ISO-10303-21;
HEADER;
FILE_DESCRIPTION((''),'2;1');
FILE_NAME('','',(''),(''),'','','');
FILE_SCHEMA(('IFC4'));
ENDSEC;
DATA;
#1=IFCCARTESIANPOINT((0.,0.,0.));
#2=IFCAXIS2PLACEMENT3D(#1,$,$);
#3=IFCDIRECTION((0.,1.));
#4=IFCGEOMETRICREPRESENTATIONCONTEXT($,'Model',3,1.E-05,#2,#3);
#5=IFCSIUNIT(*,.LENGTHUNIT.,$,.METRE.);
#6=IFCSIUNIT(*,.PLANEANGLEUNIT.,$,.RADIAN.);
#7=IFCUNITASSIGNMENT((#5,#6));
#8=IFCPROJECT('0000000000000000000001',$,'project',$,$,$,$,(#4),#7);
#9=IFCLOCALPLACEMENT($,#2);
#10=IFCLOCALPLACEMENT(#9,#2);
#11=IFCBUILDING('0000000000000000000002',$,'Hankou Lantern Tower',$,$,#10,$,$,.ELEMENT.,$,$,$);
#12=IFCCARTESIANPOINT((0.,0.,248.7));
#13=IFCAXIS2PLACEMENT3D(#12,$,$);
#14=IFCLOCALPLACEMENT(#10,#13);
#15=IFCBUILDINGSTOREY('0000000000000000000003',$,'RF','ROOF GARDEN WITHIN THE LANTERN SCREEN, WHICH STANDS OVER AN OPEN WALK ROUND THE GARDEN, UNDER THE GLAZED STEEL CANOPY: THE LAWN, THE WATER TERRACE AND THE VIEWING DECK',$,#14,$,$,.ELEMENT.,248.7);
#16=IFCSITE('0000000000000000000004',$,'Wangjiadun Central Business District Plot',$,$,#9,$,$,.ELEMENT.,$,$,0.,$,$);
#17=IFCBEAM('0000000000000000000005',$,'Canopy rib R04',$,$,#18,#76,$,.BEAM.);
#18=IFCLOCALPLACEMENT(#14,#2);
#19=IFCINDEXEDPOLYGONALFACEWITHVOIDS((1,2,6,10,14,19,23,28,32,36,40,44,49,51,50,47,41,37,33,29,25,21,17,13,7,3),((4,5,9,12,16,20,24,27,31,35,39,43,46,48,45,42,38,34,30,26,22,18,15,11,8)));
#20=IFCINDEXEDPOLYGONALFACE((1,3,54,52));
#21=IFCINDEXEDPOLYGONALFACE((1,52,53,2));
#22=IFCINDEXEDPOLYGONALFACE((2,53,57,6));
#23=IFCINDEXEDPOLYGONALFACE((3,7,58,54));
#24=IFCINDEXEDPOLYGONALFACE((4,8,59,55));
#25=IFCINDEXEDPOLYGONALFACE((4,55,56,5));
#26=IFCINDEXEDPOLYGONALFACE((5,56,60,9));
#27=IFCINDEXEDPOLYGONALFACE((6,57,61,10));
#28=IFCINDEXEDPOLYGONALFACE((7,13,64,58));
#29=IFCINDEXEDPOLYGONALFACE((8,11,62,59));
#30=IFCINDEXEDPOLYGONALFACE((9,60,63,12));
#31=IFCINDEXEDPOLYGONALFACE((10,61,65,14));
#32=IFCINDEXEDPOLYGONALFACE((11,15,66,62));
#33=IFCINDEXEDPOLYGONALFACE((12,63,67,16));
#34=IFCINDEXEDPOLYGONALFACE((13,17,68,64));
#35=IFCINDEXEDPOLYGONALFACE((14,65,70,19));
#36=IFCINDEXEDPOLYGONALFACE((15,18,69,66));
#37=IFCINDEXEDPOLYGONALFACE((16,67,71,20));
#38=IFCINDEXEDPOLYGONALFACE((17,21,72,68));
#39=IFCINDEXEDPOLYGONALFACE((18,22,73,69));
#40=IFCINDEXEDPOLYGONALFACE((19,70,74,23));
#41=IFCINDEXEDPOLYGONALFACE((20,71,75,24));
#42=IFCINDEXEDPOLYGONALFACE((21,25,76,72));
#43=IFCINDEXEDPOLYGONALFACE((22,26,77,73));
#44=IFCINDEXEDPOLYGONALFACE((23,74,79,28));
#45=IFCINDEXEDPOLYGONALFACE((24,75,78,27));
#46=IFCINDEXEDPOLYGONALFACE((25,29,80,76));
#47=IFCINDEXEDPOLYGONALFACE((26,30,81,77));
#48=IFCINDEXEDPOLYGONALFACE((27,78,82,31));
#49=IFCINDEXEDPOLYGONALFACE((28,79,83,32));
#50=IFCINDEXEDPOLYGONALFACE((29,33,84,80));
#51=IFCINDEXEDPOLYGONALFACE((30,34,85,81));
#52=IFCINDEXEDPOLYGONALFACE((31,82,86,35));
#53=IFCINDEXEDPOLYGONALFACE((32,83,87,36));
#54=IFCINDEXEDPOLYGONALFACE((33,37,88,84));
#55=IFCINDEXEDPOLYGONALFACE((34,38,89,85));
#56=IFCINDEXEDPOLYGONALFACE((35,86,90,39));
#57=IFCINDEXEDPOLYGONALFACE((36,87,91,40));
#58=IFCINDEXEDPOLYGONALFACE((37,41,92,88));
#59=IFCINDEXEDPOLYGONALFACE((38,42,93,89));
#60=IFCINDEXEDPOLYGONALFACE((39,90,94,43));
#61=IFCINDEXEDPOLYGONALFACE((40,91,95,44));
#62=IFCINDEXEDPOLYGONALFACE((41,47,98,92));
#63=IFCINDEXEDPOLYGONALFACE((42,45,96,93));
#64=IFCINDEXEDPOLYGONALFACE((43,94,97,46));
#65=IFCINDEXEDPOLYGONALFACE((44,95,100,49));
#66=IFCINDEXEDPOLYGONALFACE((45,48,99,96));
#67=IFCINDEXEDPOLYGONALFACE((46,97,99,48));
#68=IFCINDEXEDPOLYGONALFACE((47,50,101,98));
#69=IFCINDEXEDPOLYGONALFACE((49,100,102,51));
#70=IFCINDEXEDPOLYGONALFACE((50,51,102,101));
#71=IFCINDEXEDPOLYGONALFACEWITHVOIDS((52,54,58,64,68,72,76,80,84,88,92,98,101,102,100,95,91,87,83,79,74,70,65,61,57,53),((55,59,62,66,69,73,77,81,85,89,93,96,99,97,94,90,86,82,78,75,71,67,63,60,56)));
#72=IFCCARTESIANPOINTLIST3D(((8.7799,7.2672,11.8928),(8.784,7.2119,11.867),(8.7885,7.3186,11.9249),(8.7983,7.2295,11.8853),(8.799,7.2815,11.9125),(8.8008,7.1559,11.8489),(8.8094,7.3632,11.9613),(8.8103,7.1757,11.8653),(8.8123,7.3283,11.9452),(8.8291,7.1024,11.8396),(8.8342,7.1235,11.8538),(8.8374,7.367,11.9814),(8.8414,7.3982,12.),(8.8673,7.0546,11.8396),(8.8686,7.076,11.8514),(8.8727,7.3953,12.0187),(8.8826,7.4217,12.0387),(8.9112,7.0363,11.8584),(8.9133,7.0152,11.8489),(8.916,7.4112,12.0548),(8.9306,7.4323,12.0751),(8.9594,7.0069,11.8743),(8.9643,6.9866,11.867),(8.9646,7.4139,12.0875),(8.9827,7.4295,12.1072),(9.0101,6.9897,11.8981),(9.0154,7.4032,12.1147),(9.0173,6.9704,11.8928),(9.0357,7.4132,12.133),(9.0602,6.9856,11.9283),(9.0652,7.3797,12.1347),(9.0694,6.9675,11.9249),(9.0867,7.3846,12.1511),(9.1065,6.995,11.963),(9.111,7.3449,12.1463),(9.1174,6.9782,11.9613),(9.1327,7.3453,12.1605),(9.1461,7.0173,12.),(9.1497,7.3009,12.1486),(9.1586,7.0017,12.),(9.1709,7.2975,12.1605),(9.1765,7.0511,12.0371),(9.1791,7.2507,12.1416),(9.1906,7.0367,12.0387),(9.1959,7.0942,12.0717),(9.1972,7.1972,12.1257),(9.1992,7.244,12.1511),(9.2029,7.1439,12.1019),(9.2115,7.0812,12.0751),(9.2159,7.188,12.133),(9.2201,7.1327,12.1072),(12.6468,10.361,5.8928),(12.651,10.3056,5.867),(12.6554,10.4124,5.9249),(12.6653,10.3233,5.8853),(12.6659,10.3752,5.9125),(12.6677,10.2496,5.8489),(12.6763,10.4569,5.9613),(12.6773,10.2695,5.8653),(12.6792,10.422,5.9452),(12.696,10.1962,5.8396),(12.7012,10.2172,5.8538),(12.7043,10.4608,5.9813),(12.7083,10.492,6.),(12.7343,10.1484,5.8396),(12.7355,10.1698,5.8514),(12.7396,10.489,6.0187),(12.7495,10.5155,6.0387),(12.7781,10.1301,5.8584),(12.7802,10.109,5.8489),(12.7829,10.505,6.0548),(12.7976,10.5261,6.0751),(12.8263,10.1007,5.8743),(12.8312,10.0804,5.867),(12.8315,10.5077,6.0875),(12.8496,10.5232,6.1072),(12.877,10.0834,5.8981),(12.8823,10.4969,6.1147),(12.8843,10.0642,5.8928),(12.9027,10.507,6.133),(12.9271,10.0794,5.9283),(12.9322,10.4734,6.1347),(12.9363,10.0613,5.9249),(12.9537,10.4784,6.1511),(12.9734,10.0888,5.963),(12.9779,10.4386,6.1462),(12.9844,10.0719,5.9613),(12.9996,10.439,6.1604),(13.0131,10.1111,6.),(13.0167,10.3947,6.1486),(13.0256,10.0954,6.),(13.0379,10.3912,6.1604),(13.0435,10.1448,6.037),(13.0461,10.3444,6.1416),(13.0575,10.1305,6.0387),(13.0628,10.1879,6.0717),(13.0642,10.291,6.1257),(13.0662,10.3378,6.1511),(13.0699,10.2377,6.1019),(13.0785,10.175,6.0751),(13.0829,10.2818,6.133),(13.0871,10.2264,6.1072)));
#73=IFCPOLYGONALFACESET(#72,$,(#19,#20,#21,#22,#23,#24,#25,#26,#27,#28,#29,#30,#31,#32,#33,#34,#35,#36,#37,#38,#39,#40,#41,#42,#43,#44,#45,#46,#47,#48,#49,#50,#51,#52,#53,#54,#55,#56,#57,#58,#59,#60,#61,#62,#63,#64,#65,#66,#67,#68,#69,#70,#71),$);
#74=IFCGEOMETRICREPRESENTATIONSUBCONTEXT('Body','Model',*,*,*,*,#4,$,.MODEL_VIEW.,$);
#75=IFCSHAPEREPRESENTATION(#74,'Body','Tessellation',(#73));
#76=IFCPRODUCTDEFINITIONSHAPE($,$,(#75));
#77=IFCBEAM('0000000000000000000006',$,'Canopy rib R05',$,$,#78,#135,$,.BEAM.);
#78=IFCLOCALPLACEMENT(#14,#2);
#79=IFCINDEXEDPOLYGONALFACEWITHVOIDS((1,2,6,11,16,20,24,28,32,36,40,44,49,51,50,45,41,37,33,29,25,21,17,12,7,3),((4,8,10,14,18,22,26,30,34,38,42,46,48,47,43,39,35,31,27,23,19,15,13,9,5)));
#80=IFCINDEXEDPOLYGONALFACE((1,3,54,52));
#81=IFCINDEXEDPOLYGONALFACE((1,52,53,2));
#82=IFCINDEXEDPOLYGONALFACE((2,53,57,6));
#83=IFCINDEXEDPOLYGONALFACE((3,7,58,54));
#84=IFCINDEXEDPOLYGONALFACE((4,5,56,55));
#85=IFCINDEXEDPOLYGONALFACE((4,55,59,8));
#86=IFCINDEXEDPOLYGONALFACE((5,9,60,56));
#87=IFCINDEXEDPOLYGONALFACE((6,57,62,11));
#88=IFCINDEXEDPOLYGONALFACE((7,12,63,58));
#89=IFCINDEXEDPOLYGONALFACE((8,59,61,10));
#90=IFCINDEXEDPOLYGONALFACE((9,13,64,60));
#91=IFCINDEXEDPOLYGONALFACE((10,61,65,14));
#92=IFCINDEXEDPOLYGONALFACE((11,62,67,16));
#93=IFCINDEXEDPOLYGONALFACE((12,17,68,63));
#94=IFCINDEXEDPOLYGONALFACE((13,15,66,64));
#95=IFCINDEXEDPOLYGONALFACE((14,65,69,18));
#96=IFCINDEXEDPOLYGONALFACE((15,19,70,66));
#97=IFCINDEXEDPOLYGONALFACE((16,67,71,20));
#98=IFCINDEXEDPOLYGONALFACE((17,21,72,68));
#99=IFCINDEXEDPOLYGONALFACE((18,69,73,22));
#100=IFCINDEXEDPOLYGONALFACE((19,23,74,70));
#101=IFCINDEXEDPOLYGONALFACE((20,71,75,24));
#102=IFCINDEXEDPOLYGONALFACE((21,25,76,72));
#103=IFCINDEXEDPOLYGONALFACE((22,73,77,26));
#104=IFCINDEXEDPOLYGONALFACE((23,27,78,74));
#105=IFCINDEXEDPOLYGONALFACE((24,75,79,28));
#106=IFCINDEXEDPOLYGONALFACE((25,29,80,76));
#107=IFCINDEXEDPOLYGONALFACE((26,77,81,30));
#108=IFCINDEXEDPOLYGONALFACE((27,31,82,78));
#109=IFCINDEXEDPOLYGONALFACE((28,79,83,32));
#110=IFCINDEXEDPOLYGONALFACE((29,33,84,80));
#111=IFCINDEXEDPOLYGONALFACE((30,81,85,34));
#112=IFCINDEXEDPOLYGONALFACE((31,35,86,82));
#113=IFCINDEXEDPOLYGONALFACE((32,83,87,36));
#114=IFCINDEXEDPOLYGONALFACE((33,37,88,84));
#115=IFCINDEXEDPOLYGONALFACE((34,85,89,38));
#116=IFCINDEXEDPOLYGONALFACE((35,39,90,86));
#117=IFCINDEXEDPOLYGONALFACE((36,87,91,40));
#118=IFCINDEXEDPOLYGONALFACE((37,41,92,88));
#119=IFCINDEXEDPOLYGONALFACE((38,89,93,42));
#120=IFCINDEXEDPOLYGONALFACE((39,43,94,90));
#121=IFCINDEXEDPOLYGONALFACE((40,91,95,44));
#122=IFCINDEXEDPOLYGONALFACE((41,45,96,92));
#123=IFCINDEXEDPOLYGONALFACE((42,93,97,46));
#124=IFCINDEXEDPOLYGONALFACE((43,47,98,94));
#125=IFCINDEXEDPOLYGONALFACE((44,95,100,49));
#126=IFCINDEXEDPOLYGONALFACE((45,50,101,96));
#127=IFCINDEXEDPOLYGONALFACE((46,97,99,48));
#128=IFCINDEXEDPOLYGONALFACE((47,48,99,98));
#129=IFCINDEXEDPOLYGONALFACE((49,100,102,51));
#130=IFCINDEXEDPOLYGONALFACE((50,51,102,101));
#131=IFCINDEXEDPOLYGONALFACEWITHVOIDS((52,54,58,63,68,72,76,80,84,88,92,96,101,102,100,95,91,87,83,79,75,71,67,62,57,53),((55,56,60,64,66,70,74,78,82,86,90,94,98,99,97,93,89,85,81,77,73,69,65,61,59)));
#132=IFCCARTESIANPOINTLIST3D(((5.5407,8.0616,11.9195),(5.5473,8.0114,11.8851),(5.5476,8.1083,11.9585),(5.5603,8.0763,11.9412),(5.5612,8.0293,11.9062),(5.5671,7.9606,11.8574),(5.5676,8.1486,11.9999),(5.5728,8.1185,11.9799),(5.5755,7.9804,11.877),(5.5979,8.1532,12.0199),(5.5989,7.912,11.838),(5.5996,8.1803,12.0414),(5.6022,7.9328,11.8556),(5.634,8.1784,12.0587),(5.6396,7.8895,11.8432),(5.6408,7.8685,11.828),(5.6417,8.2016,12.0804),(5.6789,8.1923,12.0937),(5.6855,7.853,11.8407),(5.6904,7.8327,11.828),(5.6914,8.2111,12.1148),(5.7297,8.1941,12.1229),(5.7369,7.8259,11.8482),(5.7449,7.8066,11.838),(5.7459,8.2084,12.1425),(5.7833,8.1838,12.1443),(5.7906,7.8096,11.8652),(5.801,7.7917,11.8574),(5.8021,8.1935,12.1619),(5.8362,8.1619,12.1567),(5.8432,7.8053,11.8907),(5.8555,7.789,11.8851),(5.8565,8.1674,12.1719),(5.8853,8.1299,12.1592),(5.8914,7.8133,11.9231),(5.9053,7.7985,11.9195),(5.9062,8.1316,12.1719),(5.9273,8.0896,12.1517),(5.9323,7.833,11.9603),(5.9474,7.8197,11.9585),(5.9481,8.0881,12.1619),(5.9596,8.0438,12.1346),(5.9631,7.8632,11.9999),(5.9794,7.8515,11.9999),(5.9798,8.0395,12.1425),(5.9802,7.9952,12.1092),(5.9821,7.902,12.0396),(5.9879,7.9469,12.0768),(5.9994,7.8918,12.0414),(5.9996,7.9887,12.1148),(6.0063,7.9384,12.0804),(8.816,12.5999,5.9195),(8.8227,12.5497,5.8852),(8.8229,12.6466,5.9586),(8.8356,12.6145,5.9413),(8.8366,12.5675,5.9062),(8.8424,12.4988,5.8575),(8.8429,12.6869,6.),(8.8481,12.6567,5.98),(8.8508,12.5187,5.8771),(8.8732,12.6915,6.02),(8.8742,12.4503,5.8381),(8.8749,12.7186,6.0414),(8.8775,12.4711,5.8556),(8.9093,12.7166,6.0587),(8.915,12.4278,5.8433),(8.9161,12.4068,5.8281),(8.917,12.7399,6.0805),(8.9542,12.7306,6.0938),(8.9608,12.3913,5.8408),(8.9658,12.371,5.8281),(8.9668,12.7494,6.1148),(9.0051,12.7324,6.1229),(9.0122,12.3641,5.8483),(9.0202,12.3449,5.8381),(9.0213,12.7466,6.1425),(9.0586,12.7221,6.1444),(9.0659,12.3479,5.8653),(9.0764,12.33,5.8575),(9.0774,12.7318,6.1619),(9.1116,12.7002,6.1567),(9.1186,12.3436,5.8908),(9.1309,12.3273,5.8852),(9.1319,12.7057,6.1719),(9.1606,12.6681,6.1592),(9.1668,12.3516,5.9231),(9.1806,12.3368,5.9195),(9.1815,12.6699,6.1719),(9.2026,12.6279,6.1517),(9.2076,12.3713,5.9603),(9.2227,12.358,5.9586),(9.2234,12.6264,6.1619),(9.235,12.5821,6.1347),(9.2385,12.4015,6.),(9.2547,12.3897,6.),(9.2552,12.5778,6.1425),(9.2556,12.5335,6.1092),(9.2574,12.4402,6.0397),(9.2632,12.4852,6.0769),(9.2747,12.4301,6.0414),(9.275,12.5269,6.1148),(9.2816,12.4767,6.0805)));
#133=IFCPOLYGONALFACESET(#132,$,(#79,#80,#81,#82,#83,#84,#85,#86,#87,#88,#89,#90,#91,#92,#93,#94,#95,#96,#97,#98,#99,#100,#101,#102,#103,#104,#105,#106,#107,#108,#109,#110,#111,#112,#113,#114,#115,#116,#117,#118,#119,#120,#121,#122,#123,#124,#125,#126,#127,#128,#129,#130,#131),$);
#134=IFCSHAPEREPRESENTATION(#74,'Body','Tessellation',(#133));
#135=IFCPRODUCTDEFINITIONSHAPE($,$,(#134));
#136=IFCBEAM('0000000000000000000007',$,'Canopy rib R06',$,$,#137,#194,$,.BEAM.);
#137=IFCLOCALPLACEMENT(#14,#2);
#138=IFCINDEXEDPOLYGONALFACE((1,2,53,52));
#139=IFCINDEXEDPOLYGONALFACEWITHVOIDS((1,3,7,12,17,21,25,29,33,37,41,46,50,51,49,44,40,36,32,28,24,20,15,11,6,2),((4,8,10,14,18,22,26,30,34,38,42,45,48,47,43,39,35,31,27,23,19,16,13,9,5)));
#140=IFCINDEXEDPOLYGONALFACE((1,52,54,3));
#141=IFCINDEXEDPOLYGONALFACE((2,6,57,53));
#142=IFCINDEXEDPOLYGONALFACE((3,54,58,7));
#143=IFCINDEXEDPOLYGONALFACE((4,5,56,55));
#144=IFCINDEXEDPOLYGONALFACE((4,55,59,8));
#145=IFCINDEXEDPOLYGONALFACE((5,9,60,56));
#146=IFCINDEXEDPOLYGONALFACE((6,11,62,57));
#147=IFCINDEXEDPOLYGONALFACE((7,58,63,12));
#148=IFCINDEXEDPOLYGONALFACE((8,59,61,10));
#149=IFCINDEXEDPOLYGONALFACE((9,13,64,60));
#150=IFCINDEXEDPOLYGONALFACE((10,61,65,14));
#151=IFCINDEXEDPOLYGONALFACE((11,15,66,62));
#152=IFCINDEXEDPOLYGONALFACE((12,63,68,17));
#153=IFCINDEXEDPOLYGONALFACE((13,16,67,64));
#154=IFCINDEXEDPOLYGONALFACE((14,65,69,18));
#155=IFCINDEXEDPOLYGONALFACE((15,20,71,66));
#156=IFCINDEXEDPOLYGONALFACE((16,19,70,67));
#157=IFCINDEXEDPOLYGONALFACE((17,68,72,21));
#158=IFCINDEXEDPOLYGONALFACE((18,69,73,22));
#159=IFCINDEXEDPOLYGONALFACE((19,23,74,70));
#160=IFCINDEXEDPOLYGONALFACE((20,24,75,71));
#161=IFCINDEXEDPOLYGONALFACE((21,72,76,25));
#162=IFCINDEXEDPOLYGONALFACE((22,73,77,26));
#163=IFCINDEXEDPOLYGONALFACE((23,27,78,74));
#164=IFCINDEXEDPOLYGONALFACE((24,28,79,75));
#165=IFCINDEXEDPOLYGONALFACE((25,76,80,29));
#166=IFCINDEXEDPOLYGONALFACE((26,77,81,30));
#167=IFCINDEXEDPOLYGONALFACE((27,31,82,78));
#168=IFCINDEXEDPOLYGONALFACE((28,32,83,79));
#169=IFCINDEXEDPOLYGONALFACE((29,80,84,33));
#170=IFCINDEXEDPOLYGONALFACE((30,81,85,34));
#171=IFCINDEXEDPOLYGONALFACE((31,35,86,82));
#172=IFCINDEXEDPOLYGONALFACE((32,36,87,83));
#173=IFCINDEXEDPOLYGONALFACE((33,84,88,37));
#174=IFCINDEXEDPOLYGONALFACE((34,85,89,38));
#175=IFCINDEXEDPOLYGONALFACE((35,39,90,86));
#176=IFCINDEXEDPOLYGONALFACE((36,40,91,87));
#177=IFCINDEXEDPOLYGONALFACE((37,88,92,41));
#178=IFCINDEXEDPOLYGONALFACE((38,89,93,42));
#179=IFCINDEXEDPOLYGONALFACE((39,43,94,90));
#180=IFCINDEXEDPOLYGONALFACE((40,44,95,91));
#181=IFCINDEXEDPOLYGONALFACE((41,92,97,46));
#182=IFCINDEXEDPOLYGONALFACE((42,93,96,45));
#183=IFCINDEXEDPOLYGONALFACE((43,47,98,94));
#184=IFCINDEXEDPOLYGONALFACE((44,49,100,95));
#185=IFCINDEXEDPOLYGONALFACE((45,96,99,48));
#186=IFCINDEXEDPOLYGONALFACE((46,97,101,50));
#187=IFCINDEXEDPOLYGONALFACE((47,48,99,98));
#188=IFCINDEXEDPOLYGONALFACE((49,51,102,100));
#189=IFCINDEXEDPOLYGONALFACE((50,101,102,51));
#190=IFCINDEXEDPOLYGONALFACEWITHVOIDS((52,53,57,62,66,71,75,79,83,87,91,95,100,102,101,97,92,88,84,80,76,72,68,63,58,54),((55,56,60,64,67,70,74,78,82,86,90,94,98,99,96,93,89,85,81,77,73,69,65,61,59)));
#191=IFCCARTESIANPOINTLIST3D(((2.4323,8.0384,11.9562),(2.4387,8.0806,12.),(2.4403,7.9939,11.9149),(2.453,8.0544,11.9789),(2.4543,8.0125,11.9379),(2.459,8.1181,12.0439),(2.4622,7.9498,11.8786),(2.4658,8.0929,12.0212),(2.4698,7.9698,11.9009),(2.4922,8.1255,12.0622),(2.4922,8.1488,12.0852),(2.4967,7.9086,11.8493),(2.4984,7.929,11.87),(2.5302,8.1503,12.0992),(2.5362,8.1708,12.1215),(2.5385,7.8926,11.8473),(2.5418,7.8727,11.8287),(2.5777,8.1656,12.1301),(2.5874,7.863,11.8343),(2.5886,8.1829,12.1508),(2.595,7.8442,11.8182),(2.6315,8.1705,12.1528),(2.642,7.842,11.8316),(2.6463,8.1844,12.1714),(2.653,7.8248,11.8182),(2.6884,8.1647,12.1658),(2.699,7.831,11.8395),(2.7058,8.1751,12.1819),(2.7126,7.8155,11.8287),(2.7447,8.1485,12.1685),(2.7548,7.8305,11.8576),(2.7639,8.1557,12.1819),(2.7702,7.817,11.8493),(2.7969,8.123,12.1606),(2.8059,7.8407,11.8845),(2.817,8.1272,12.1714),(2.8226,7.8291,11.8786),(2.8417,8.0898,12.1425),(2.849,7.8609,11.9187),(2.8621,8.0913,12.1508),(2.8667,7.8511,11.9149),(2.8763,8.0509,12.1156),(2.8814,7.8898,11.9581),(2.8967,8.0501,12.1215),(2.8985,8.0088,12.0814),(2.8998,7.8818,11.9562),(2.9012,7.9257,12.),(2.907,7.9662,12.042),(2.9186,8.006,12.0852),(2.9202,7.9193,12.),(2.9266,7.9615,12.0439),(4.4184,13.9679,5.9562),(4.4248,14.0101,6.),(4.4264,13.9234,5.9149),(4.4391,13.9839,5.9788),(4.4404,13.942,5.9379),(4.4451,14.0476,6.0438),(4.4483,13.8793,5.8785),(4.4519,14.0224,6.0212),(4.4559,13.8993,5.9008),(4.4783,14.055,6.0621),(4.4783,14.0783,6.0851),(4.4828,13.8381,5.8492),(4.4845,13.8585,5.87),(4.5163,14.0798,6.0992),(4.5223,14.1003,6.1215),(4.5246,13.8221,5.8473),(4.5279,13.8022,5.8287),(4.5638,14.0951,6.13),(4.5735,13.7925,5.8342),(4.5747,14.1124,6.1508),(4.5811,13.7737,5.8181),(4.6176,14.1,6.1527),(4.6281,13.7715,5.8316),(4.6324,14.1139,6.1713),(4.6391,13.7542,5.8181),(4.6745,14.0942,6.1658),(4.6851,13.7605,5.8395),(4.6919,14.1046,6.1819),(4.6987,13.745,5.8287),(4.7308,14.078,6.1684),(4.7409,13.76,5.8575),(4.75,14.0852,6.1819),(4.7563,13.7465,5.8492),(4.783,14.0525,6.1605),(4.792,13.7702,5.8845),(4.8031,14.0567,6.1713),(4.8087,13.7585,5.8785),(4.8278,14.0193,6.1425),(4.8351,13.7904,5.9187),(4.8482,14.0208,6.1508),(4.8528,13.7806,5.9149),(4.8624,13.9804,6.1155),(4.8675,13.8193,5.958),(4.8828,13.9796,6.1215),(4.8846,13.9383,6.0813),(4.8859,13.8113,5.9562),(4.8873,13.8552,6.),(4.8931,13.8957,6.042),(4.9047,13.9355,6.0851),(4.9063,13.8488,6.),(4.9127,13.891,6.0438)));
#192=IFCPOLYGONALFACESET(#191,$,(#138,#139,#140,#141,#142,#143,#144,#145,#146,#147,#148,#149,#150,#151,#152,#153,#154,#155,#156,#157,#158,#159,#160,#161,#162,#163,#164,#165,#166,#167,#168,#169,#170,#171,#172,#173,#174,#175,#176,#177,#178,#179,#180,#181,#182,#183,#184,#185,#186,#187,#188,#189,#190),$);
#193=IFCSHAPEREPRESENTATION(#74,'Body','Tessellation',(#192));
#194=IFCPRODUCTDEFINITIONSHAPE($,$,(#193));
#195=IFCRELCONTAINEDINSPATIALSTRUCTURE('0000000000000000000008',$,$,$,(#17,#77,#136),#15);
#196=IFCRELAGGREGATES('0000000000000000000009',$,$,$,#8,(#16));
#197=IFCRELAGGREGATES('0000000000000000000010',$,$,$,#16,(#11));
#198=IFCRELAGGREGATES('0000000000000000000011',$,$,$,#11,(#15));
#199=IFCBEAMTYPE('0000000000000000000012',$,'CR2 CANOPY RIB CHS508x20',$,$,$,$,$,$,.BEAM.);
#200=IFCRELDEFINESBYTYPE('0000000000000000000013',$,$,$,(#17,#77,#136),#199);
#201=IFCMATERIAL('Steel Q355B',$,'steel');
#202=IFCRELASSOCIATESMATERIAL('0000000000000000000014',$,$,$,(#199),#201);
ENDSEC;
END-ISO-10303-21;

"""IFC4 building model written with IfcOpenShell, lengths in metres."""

from ifc_helpers import new_model, si_unit, direction, frame, origin, origin_2d, place, context, subcontext, project, spatial, hollow_circle, extrude, material, material_profile, profile_set, type_object, element, save


model = new_model("IFC4")

# Units and contexts
model_context = context("Model", 3, precision=1e-05, world=origin(), true_north=direction((0.0, 1.0)))
body_context = subcontext(model_context, "Body", "Model", "MODEL_VIEW")
ifc_project = project(units=[si_unit("LENGTHUNIT", "METRE"), si_unit("PLANEANGLEUNIT", "RADIAN")], contexts=[model_context])

# Site, building, storey
site_placement = place(None, origin())
site = spatial("IfcSite", under=ifc_project, at=site_placement, Name="Wangjiadun Central Business District Plot", CompositionType="ELEMENT", RefElevation=0.0)
building_placement = place(site_placement, origin())
building = spatial("IfcBuilding", under=site, at=building_placement, Name="Hankou Lantern Tower", CompositionType="ELEMENT")
storey_placement = place(building_placement, frame((0.0, 0.0, 248.7)))
storey = spatial("IfcBuildingStorey", under=building, at=storey_placement, Name="RF", Description="ROOF GARDEN WITHIN THE LANTERN SCREEN, WHICH STANDS OVER AN OPEN WALK ROUND THE GARDEN, UNDER THE GLAZED STEEL CANOPY: THE LAWN, THE WATER TERRACE AND THE VIEWING DECK", CompositionType="ELEMENT", Elevation=248.7)

# Beams
ifc_material_1 = material(Name="Steel Q355B", Category="steel")
ifc_material_profile_1 = material_profile(ifc_material_1, hollow_circle(Radius=0.2539, WallThickness=0.02, at=origin_2d()), Name="CHS508x20")
ifc_profile_set_1 = profile_set([ifc_material_profile_1], Name="Steel Q355B")
beam_type_1 = type_object("IfcBeamType", Name="CR2 CANOPY RIB CHS508x20", PredefinedType="BEAM", material=ifc_profile_set_1)
beam_1_placement = place(storey_placement, frame((12.8669, 10.2937, 6.0), z_axis=(-0.497052, -0.397667, 0.771233), x_axis=(0.624719, -0.78085, 0.0)))
element("IfcBeam", 1, at=beam_1_placement, inside=storey, type_object=beam_type_1, Name="Canopy rib R04", PredefinedType="BEAM", context=body_context, shape_type="SweptSolid", body=[
    extrude(hollow_circle(Radius=0.2539, WallThickness=0.02, at=origin_2d()), origin(), (0.0, 0.0, 1.0), 7.7798),
])
beam_2_placement = place(storey_placement, frame((9.0488, 12.5383, 6.0), z_axis=(-0.399187, -0.553107, 0.731247), x_axis=(0.810874, -0.585221, 0.0)))
element("IfcBeam", 2, at=beam_2_placement, inside=storey, type_object=beam_type_1, Name="Canopy rib R05", PredefinedType="BEAM", context=body_context, shape_type="SweptSolid", body=[
    extrude(hollow_circle(Radius=0.2539, WallThickness=0.02, at=origin_2d()), origin(), (0.0, 0.0, 1.0), 8.2051),
])
beam_3_placement = place(storey_placement, frame((4.6655, 13.9294, 6.0), z_axis=(-0.229176, -0.684204, 0.692346), x_axis=(0.948222, -0.31761, 0.0)))
element("IfcBeam", 3, at=beam_3_placement, inside=storey, type_object=beam_type_1, Name="Canopy rib R06", PredefinedType="BEAM", context=body_context, shape_type="SweptSolid", body=[
    extrude(hollow_circle(Radius=0.2539, WallThickness=0.02, at=origin_2d()), origin(), (0.0, 0.0, 1.0), 8.6663),
])

save(model, "model.ifc")
